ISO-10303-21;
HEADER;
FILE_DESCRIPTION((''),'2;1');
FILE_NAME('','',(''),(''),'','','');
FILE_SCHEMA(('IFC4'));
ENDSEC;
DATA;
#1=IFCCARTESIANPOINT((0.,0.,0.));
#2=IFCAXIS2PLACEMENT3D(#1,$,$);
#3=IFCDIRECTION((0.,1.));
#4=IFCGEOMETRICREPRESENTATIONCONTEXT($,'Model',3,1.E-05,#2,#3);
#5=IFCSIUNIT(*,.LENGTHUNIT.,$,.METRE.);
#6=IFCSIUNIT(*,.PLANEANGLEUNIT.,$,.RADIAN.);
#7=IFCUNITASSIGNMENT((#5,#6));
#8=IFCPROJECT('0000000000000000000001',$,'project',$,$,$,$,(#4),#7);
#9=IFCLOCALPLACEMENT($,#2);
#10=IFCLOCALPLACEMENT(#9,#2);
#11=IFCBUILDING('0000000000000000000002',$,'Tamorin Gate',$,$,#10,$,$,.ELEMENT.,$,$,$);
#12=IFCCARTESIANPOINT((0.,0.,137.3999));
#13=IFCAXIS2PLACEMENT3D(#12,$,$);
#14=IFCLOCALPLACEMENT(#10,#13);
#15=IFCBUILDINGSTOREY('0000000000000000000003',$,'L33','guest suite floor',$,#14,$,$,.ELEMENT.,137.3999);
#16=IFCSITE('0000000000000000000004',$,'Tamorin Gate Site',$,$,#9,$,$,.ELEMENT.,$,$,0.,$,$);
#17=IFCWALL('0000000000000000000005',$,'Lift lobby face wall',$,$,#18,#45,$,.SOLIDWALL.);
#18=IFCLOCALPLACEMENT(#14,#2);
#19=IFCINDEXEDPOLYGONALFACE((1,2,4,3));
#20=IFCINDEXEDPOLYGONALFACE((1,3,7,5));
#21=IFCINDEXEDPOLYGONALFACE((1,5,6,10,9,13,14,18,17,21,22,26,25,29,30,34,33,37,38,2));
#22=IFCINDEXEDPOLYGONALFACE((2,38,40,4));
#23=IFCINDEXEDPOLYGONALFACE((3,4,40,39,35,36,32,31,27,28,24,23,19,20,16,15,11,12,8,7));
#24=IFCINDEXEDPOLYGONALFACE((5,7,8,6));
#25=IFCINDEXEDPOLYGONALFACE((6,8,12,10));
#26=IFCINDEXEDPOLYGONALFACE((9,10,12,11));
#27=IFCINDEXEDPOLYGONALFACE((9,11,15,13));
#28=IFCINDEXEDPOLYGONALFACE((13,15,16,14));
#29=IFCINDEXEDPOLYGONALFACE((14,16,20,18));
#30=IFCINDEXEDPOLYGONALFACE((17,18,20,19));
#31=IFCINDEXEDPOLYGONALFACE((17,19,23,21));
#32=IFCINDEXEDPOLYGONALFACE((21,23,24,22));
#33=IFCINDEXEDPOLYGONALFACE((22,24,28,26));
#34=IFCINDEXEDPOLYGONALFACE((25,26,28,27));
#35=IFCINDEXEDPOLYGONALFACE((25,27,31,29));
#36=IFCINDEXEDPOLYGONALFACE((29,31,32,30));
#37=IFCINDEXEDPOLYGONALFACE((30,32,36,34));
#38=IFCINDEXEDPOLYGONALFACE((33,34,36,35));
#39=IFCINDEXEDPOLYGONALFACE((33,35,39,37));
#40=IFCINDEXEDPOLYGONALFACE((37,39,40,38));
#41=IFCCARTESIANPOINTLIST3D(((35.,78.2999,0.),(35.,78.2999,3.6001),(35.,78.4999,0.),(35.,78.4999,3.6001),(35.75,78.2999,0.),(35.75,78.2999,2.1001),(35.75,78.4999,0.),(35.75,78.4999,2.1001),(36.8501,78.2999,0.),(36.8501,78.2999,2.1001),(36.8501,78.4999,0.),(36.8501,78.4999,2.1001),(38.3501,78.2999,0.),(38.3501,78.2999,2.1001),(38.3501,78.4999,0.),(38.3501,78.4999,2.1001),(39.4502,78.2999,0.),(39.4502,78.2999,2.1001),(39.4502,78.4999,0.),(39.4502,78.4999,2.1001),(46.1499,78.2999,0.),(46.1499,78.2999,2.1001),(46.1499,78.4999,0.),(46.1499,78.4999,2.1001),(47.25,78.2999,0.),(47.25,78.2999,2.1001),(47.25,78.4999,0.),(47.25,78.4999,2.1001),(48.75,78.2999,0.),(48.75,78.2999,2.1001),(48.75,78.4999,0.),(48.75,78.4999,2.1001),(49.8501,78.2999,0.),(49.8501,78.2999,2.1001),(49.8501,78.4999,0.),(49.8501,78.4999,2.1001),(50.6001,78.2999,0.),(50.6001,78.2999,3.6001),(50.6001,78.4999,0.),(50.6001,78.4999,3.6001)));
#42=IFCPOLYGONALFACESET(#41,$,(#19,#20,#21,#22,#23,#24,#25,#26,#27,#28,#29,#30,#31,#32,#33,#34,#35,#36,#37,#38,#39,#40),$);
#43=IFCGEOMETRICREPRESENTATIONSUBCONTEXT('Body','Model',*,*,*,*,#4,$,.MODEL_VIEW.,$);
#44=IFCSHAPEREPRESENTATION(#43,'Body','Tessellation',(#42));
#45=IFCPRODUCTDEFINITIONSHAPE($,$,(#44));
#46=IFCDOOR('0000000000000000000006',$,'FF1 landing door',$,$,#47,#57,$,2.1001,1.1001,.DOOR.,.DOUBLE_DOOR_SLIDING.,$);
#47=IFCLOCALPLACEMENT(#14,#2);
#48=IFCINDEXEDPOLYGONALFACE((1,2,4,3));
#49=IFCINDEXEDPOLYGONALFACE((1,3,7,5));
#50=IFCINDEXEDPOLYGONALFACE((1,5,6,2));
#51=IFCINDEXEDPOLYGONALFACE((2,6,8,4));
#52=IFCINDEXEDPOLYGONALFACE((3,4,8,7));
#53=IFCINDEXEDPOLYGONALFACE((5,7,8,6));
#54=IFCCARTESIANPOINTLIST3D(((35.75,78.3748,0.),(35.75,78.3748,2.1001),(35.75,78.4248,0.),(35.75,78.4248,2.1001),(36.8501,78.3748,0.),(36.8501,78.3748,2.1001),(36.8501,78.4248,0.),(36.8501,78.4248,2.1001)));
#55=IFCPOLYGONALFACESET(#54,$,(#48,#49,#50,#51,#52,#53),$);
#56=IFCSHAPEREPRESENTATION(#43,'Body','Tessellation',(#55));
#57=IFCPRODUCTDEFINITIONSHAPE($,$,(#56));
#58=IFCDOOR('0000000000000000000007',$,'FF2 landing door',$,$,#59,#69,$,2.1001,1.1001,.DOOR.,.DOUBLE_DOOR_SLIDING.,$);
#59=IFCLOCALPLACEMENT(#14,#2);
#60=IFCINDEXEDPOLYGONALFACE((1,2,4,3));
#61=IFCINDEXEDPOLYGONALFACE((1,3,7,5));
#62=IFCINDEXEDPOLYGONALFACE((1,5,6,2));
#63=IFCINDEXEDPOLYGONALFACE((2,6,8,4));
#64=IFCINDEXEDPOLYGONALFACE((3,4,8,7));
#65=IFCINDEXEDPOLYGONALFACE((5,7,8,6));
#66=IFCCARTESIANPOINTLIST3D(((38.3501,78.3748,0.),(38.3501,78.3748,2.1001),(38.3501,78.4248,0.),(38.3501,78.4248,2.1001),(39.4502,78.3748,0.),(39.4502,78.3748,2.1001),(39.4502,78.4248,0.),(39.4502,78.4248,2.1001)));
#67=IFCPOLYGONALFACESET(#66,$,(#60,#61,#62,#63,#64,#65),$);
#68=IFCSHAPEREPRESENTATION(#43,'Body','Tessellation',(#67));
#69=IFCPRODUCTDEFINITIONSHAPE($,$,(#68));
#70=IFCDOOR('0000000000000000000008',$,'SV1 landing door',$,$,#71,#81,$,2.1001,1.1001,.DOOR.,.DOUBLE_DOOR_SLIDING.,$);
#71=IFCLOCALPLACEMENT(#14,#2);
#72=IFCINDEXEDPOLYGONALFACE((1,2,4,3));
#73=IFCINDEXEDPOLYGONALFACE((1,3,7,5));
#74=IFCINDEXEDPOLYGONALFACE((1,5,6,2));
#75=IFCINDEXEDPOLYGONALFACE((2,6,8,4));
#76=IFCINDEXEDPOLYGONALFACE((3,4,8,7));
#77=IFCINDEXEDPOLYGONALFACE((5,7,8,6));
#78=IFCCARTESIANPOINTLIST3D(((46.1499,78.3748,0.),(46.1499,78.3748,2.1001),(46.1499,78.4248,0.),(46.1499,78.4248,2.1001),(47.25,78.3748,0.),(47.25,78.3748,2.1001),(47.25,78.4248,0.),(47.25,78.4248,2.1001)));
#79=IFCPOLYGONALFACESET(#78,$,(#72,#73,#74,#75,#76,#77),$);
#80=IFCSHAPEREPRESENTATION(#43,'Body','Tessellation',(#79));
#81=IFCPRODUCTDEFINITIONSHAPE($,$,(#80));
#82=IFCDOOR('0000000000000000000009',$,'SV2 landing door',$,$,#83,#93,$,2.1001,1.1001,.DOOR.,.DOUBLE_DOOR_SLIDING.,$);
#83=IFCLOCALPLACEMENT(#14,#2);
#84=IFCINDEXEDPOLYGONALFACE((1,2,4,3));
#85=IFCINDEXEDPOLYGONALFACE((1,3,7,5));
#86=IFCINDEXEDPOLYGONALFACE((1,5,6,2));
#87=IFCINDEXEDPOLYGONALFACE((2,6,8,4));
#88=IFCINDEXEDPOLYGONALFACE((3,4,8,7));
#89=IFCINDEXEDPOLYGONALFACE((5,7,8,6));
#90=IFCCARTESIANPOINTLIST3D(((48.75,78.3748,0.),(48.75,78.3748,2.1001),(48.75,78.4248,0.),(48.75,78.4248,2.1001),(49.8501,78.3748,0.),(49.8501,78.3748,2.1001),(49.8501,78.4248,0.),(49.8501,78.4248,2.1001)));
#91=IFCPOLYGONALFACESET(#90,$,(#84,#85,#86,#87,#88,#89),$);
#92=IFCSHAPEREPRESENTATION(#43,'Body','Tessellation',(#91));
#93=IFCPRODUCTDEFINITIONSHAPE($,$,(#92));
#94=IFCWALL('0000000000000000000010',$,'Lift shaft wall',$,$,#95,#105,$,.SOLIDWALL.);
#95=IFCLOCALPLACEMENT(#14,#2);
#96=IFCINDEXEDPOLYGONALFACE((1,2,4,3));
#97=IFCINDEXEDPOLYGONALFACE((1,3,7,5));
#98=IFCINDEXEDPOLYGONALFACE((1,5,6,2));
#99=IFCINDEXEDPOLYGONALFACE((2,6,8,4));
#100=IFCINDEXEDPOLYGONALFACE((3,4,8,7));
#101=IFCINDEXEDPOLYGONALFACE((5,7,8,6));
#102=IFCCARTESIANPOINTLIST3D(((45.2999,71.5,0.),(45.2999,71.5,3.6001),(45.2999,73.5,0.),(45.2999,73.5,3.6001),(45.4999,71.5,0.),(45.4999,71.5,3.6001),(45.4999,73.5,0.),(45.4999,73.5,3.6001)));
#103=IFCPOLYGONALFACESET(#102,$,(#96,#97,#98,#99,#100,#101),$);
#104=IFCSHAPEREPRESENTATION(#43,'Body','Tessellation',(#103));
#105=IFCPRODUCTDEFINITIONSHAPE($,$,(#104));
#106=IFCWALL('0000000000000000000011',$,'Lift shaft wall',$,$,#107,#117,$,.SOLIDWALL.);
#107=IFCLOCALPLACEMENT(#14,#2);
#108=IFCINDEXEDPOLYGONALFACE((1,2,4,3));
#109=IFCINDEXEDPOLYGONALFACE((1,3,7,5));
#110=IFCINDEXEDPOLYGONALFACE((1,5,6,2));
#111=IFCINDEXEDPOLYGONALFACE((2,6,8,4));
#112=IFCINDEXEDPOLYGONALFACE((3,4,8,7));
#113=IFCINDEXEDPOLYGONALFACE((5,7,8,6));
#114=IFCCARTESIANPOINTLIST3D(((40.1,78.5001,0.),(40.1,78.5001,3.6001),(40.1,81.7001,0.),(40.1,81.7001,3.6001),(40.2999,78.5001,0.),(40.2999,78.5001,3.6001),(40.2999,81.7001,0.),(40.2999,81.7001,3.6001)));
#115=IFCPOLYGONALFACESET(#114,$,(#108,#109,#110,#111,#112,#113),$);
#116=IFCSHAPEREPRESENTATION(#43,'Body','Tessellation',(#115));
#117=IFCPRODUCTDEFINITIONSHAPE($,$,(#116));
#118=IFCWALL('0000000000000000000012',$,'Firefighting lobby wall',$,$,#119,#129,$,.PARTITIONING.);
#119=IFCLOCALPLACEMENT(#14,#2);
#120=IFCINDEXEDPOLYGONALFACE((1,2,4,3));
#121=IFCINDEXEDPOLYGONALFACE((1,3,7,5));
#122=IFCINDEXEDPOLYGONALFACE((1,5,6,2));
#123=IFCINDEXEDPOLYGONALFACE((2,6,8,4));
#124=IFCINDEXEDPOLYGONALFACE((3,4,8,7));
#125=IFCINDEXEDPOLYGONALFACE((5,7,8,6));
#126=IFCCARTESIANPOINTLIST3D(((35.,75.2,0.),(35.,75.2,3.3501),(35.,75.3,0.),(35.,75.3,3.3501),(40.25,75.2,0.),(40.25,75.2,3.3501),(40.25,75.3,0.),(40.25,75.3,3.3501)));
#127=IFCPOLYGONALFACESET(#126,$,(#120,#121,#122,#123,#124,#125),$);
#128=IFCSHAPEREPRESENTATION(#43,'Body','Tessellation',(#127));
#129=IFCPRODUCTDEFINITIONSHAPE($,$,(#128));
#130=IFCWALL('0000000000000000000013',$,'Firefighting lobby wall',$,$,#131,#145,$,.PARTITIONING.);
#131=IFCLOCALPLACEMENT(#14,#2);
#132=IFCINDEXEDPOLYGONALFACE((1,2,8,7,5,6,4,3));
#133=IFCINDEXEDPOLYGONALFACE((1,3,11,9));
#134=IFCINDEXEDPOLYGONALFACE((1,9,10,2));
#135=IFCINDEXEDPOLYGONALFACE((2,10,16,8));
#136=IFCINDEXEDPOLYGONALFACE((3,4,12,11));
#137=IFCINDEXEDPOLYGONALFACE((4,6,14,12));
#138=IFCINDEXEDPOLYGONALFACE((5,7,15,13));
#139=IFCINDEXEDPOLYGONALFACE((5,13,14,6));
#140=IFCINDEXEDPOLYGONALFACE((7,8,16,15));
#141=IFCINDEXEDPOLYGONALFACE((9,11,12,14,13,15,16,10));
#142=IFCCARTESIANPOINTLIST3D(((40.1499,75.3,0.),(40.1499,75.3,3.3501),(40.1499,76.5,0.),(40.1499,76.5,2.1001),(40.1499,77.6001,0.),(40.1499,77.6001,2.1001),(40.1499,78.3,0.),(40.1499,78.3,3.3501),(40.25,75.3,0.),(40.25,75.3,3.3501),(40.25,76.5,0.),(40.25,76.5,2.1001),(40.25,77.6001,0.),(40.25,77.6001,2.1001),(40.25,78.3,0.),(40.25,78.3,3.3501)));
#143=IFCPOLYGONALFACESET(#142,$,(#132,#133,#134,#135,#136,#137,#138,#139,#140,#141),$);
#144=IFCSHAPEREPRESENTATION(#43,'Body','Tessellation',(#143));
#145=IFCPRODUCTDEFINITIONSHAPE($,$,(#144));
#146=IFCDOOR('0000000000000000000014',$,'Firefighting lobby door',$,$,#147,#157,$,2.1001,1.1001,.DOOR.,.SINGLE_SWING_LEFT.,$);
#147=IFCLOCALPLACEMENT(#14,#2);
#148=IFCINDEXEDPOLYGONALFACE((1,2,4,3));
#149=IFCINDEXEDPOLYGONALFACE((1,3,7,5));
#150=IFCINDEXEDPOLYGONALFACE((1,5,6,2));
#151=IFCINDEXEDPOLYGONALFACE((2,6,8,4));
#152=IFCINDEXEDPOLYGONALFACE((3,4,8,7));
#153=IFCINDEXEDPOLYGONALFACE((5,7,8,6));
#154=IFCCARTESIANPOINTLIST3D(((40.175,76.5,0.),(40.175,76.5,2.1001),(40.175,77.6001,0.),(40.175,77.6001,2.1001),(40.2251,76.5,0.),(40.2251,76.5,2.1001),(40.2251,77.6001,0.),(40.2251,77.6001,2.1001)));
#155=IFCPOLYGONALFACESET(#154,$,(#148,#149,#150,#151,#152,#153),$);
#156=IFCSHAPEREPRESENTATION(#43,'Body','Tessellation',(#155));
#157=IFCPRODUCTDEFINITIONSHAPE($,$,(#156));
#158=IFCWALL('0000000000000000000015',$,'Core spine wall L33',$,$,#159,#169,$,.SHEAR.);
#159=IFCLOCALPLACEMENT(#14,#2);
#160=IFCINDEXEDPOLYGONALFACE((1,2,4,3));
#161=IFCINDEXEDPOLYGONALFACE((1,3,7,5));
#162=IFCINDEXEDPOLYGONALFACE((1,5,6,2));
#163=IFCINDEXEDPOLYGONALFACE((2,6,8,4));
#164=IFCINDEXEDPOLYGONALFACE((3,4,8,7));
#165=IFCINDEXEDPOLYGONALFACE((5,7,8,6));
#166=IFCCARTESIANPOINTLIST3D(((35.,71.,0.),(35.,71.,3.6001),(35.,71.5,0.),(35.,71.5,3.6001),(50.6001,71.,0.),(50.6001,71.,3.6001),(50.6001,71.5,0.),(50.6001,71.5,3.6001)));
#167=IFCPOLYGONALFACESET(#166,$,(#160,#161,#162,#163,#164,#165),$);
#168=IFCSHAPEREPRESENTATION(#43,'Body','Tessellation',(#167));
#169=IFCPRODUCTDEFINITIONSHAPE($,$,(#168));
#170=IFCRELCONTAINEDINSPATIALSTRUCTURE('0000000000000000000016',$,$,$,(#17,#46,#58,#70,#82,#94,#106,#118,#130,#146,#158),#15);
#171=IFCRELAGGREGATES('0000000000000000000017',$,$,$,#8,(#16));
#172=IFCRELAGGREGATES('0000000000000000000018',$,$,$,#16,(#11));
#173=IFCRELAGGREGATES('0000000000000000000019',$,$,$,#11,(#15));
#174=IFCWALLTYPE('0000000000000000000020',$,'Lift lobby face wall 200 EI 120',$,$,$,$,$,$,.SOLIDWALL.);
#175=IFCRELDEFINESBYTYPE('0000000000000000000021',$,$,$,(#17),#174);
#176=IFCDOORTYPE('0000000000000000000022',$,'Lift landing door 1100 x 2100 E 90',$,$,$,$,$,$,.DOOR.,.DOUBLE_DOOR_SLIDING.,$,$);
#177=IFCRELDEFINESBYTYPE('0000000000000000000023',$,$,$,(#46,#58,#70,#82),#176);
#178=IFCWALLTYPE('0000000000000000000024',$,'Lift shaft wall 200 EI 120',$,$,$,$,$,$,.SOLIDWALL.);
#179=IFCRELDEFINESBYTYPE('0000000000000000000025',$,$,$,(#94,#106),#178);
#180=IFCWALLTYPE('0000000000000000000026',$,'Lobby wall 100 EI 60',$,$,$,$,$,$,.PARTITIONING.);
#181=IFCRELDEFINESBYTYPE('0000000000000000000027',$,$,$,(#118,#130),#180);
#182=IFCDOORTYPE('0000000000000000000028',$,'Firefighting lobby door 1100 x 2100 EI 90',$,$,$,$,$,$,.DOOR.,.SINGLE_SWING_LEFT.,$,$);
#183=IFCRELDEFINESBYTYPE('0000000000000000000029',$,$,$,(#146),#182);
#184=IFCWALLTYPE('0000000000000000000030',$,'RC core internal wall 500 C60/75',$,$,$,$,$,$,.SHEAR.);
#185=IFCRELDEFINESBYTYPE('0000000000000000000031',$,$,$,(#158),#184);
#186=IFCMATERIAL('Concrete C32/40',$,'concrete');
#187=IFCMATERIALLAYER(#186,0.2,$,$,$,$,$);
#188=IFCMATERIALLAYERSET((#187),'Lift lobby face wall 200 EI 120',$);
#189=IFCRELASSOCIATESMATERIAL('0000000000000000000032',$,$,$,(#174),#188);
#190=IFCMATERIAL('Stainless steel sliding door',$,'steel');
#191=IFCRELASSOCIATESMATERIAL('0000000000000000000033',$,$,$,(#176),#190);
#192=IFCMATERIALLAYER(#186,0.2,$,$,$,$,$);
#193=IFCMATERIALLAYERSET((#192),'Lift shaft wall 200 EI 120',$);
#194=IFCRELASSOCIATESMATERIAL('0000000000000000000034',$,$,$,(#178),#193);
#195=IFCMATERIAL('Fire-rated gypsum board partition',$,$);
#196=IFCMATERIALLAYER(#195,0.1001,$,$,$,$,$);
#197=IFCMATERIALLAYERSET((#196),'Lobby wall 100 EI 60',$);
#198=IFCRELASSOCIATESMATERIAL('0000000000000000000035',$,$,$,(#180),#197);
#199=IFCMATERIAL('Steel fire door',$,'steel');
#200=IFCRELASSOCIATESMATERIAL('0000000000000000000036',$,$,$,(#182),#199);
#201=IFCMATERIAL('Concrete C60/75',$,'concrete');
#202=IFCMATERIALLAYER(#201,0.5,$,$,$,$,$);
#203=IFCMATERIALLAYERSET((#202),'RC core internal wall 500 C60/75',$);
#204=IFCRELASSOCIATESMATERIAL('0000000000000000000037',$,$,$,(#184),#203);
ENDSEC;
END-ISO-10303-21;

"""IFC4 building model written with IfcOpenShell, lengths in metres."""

from ifc_helpers import new_model, si_unit, direction, frame, frame_2d, origin, place, context, subcontext, project, spatial, rectangle, extrude, material, layer, layer_set, type_object, element, fill, save


model = new_model("IFC4")

# Units and contexts
model_context = context("Model", 3, precision=1e-05, world=origin(), true_north=direction((0.0, 1.0)))
body_context = subcontext(model_context, "Body", "Model", "MODEL_VIEW")
ifc_project = project(units=[si_unit("LENGTHUNIT", "METRE"), si_unit("PLANEANGLEUNIT", "RADIAN")], contexts=[model_context])

# Site, building, storey
site_placement = place(None, origin())
site = spatial("IfcSite", under=ifc_project, at=site_placement, Name="Tamorin Gate Site", CompositionType="ELEMENT", RefElevation=0.0)
building_placement = place(site_placement, origin())
building = spatial("IfcBuilding", under=site, at=building_placement, Name="Tamorin Gate", CompositionType="ELEMENT")
storey_placement = place(building_placement, frame((0.0, 0.0, 137.3999)))
storey = spatial("IfcBuildingStorey", under=building, at=storey_placement, Name="L33", Description="guest suite floor", CompositionType="ELEMENT", Elevation=137.3999)

# Shared definitions
ifc_material_1 = material(Name="Concrete C60/75", Category="concrete")

# Wall, openings, doors
ifc_material_2 = material(Name="Concrete C32/40", Category="concrete")
ifc_layer_1 = layer(ifc_material_2, 0.2)
ifc_layer_set_1 = layer_set([ifc_layer_1], Name="Lift lobby face wall 200 EI 120")
wall_type_1 = type_object("IfcWallType", Name="Lift lobby face wall 200 EI 120", PredefinedType="SOLIDWALL", material=ifc_layer_set_1)
ifc_material_3 = material(Name="Stainless steel sliding door", Category="steel")
door_type_1 = type_object("IfcDoorType", Name="Lift landing door 1100 x 2100 E 90", OperationType="DOUBLE_DOOR_SLIDING", PredefinedType="DOOR", material=ifc_material_3)
wall_1_placement = place(storey_placement, frame((35.0, 78.3999, 0.0), z_axis=(0.0, 0.0, 1.0), x_axis=(1.0, 0.0, 0.0)))
wall_1 = element("IfcWall", 1, at=wall_1_placement, inside=storey, type_object=wall_type_1, Name="Lift lobby face wall", PredefinedType="SOLIDWALL", context=body_context, shape_type="SweptSolid", body=[
    extrude(rectangle(XDim=15.6001, YDim=0.2, at=frame_2d((7.8, 0.0))), origin(), (0.0, 0.0, 1.0), 3.6001),
])
opening_1_placement = place(wall_1_placement, frame((0.75, 0.0, 0.0)))
opening_1 = element("IfcOpeningElement", 2, at=opening_1_placement, cuts=wall_1, PredefinedType="OPENING", context=body_context, shape_type="SweptSolid", body=[
    extrude(rectangle(XDim=1.1001, YDim=2.1001, at=frame_2d((0.55, 1.05))), frame((0.0, 0.1099, 0.0), z_axis=(0.0, -1.0, 0.0), x_axis=(1.0, 0.0, 0.0)), (0.0, 0.0, 1.0), 0.22),
])
opening_2_placement = place(wall_1_placement, frame((3.3501, 0.0, 0.0)))
opening_2 = element("IfcOpeningElement", 3, at=opening_2_placement, cuts=wall_1, PredefinedType="OPENING", context=body_context, shape_type="SweptSolid", body=[
    extrude(rectangle(XDim=1.1001, YDim=2.1001, at=frame_2d((0.55, 1.05))), frame((0.0, 0.1099, 0.0), z_axis=(0.0, -1.0, 0.0), x_axis=(1.0, 0.0, 0.0)), (0.0, 0.0, 1.0), 0.22),
])
opening_3_placement = place(wall_1_placement, frame((11.1499, 0.0, 0.0)))
opening_3 = element("IfcOpeningElement", 4, at=opening_3_placement, cuts=wall_1, PredefinedType="OPENING", context=body_context, shape_type="SweptSolid", body=[
    extrude(rectangle(XDim=1.1001, YDim=2.1001, at=frame_2d((0.55, 1.05))), frame((0.0, 0.1099, 0.0), z_axis=(0.0, -1.0, 0.0), x_axis=(1.0, 0.0, 0.0)), (0.0, 0.0, 1.0), 0.22),
])
opening_4_placement = place(wall_1_placement, frame((13.75, 0.0, 0.0)))
opening_4 = element("IfcOpeningElement", 5, at=opening_4_placement, cuts=wall_1, PredefinedType="OPENING", context=body_context, shape_type="SweptSolid", body=[
    extrude(rectangle(XDim=1.1001, YDim=2.1001, at=frame_2d((0.55, 1.05))), frame((0.0, 0.1099, 0.0), z_axis=(0.0, -1.0, 0.0), x_axis=(1.0, 0.0, 0.0)), (0.0, 0.0, 1.0), 0.22),
])
door_1_placement = place(opening_1_placement, origin())
door_1 = element("IfcDoor", 6, at=door_1_placement, inside=storey, type_object=door_type_1, Name="FF1 landing door", OperationType="DOUBLE_DOOR_SLIDING", OverallHeight=2.1001, OverallWidth=1.1001, PredefinedType="DOOR", context=body_context, shape_type="SweptSolid", body=[
    extrude(rectangle(XDim=1.1001, YDim=2.1001, at=frame_2d((0.55, 1.05))), frame((0.0, 0.0249, 0.0), z_axis=(0.0, -1.0, 0.0), x_axis=(1.0, 0.0, 0.0)), (0.0, 0.0, 1.0), 0.05),
])
fill(opening_1, door_1)
door_2_placement = place(opening_2_placement, origin())
door_2 = element("IfcDoor", 7, at=door_2_placement, inside=storey, type_object=door_type_1, Name="FF2 landing door", OperationType="DOUBLE_DOOR_SLIDING", OverallHeight=2.1001, OverallWidth=1.1001, PredefinedType="DOOR", context=body_context, shape_type="SweptSolid", body=[
    extrude(rectangle(XDim=1.1001, YDim=2.1001, at=frame_2d((0.55, 1.05))), frame((0.0, 0.0249, 0.0), z_axis=(0.0, -1.0, 0.0), x_axis=(1.0, 0.0, 0.0)), (0.0, 0.0, 1.0), 0.05),
])
fill(opening_2, door_2)
door_3_placement = place(opening_3_placement, origin())
door_3 = element("IfcDoor", 8, at=door_3_placement, inside=storey, type_object=door_type_1, Name="SV1 landing door", OperationType="DOUBLE_DOOR_SLIDING", OverallHeight=2.1001, OverallWidth=1.1001, PredefinedType="DOOR", context=body_context, shape_type="SweptSolid", body=[
    extrude(rectangle(XDim=1.1001, YDim=2.1001, at=frame_2d((0.55, 1.05))), frame((0.0, 0.0249, 0.0), z_axis=(0.0, -1.0, 0.0), x_axis=(1.0, 0.0, 0.0)), (0.0, 0.0, 1.0), 0.05),
])
fill(opening_3, door_3)
door_4_placement = place(opening_4_placement, origin())
door_4 = element("IfcDoor", 9, at=door_4_placement, inside=storey, type_object=door_type_1, Name="SV2 landing door", OperationType="DOUBLE_DOOR_SLIDING", OverallHeight=2.1001, OverallWidth=1.1001, PredefinedType="DOOR", context=body_context, shape_type="SweptSolid", body=[
    extrude(rectangle(XDim=1.1001, YDim=2.1001, at=frame_2d((0.55, 1.05))), frame((0.0, 0.0249, 0.0), z_axis=(0.0, -1.0, 0.0), x_axis=(1.0, 0.0, 0.0)), (0.0, 0.0, 1.0), 0.05),
])
fill(opening_4, door_4)

# Walls
ifc_layer_2 = layer(ifc_material_2, 0.2)
ifc_layer_set_2 = layer_set([ifc_layer_2], Name="Lift shaft wall 200 EI 120")
wall_type_2 = type_object("IfcWallType", Name="Lift shaft wall 200 EI 120", PredefinedType="SOLIDWALL", material=ifc_layer_set_2)
wall_2_placement = place(storey_placement, frame((45.3999, 71.5, 0.0), z_axis=(0.0, 0.0, 1.0), x_axis=(0.0, 1.0, 0.0)))
element("IfcWall", 10, at=wall_2_placement, inside=storey, type_object=wall_type_2, Name="Lift shaft wall", PredefinedType="SOLIDWALL", context=body_context, shape_type="SweptSolid", body=[
    extrude(rectangle(XDim=2.0, YDim=0.2, at=frame_2d((1.0, 0.0))), origin(), (0.0, 0.0, 1.0), 3.6001),
])
wall_3_placement = place(storey_placement, frame((40.2, 78.5, 0.0), z_axis=(0.0, 0.0, 1.0), x_axis=(0.0, 1.0, 0.0)))
element("IfcWall", 11, at=wall_3_placement, inside=storey, type_object=wall_type_2, Name="Lift shaft wall", PredefinedType="SOLIDWALL", context=body_context, shape_type="SweptSolid", body=[
    extrude(rectangle(XDim=3.2, YDim=0.2, at=frame_2d((1.6001, 0.0))), origin(), (0.0, 0.0, 1.0), 3.6001),
])
ifc_material_4 = material(Name="Fire-rated gypsum board partition")
ifc_layer_3 = layer(ifc_material_4, 0.1001)
ifc_layer_set_3 = layer_set([ifc_layer_3], Name="Lobby wall 100 EI 60")
wall_type_3 = type_object("IfcWallType", Name="Lobby wall 100 EI 60", PredefinedType="PARTITIONING", material=ifc_layer_set_3)
wall_4_placement = place(storey_placement, frame((35.0, 75.25, 0.0), z_axis=(0.0, 0.0, 1.0), x_axis=(1.0, 0.0, 0.0)))
element("IfcWall", 12, at=wall_4_placement, inside=storey, type_object=wall_type_3, Name="Firefighting lobby wall", PredefinedType="PARTITIONING", context=body_context, shape_type="SweptSolid", body=[
    extrude(rectangle(XDim=5.25, YDim=0.1001, at=frame_2d((2.625, 0.0))), origin(), (0.0, 0.0, 1.0), 3.3501),
])

# Wall, opening, door
wall_5_placement = place(storey_placement, frame((40.2, 75.3, 0.0), z_axis=(0.0, 0.0, 1.0), x_axis=(0.0, 1.0, 0.0)))
wall_5 = element("IfcWall", 13, at=wall_5_placement, inside=storey, type_object=wall_type_3, Name="Firefighting lobby wall", PredefinedType="PARTITIONING", context=body_context, shape_type="SweptSolid", body=[
    extrude(rectangle(XDim=3.0, YDim=0.1001, at=frame_2d((1.5, 0.0))), origin(), (0.0, 0.0, 1.0), 3.3501),
])
opening_5_placement = place(wall_5_placement, frame((1.2, 0.0, 0.0)))
opening_5 = element("IfcOpeningElement", 14, at=opening_5_placement, cuts=wall_5, PredefinedType="OPENING", context=body_context, shape_type="SweptSolid", body=[
    extrude(rectangle(XDim=1.1001, YDim=2.1001, at=frame_2d((0.55, 1.05))), frame((0.0, 0.0601, 0.0), z_axis=(0.0, -1.0, 0.0), x_axis=(1.0, 0.0, 0.0)), (0.0, 0.0, 1.0), 0.1201),
])
ifc_material_5 = material(Name="Steel fire door", Category="steel")
door_type_2 = type_object("IfcDoorType", Name="Firefighting lobby door 1100 x 2100 EI 90", OperationType="SINGLE_SWING_LEFT", PredefinedType="DOOR", material=ifc_material_5)
door_5_placement = place(opening_5_placement, origin())
door_5 = element("IfcDoor", 15, at=door_5_placement, inside=storey, type_object=door_type_2, Name="Firefighting lobby door", OperationType="SINGLE_SWING_LEFT", OverallHeight=2.1001, OverallWidth=1.1001, PredefinedType="DOOR", context=body_context, shape_type="SweptSolid", body=[
    extrude(rectangle(XDim=1.1001, YDim=2.1001, at=frame_2d((0.55, 1.05))), frame((0.0, 0.0249, 0.0), z_axis=(0.0, -1.0, 0.0), x_axis=(1.0, 0.0, 0.0)), (0.0, 0.0, 1.0), 0.05),
])
fill(opening_5, door_5)

# Wall
ifc_layer_4 = layer(ifc_material_1, 0.5)
ifc_layer_set_4 = layer_set([ifc_layer_4], Name="RC core internal wall 500 C60/75")
wall_type_4 = type_object("IfcWallType", Name="RC core internal wall 500 C60/75", PredefinedType="SHEAR", material=ifc_layer_set_4)
wall_6_placement = place(storey_placement, frame((35.0, 71.25, 0.0), z_axis=(0.0, 0.0, 1.0), x_axis=(1.0, 0.0, 0.0)))
element("IfcWall", 16, at=wall_6_placement, inside=storey, type_object=wall_type_4, Name="Core spine wall L33", PredefinedType="SHEAR", context=body_context, shape_type="SweptSolid", body=[
    extrude(rectangle(XDim=15.6001, YDim=0.5, at=frame_2d((7.8, 0.0))), origin(), (0.0, 0.0, 1.0), 3.6001),
])

save(model, "model.ifc")
